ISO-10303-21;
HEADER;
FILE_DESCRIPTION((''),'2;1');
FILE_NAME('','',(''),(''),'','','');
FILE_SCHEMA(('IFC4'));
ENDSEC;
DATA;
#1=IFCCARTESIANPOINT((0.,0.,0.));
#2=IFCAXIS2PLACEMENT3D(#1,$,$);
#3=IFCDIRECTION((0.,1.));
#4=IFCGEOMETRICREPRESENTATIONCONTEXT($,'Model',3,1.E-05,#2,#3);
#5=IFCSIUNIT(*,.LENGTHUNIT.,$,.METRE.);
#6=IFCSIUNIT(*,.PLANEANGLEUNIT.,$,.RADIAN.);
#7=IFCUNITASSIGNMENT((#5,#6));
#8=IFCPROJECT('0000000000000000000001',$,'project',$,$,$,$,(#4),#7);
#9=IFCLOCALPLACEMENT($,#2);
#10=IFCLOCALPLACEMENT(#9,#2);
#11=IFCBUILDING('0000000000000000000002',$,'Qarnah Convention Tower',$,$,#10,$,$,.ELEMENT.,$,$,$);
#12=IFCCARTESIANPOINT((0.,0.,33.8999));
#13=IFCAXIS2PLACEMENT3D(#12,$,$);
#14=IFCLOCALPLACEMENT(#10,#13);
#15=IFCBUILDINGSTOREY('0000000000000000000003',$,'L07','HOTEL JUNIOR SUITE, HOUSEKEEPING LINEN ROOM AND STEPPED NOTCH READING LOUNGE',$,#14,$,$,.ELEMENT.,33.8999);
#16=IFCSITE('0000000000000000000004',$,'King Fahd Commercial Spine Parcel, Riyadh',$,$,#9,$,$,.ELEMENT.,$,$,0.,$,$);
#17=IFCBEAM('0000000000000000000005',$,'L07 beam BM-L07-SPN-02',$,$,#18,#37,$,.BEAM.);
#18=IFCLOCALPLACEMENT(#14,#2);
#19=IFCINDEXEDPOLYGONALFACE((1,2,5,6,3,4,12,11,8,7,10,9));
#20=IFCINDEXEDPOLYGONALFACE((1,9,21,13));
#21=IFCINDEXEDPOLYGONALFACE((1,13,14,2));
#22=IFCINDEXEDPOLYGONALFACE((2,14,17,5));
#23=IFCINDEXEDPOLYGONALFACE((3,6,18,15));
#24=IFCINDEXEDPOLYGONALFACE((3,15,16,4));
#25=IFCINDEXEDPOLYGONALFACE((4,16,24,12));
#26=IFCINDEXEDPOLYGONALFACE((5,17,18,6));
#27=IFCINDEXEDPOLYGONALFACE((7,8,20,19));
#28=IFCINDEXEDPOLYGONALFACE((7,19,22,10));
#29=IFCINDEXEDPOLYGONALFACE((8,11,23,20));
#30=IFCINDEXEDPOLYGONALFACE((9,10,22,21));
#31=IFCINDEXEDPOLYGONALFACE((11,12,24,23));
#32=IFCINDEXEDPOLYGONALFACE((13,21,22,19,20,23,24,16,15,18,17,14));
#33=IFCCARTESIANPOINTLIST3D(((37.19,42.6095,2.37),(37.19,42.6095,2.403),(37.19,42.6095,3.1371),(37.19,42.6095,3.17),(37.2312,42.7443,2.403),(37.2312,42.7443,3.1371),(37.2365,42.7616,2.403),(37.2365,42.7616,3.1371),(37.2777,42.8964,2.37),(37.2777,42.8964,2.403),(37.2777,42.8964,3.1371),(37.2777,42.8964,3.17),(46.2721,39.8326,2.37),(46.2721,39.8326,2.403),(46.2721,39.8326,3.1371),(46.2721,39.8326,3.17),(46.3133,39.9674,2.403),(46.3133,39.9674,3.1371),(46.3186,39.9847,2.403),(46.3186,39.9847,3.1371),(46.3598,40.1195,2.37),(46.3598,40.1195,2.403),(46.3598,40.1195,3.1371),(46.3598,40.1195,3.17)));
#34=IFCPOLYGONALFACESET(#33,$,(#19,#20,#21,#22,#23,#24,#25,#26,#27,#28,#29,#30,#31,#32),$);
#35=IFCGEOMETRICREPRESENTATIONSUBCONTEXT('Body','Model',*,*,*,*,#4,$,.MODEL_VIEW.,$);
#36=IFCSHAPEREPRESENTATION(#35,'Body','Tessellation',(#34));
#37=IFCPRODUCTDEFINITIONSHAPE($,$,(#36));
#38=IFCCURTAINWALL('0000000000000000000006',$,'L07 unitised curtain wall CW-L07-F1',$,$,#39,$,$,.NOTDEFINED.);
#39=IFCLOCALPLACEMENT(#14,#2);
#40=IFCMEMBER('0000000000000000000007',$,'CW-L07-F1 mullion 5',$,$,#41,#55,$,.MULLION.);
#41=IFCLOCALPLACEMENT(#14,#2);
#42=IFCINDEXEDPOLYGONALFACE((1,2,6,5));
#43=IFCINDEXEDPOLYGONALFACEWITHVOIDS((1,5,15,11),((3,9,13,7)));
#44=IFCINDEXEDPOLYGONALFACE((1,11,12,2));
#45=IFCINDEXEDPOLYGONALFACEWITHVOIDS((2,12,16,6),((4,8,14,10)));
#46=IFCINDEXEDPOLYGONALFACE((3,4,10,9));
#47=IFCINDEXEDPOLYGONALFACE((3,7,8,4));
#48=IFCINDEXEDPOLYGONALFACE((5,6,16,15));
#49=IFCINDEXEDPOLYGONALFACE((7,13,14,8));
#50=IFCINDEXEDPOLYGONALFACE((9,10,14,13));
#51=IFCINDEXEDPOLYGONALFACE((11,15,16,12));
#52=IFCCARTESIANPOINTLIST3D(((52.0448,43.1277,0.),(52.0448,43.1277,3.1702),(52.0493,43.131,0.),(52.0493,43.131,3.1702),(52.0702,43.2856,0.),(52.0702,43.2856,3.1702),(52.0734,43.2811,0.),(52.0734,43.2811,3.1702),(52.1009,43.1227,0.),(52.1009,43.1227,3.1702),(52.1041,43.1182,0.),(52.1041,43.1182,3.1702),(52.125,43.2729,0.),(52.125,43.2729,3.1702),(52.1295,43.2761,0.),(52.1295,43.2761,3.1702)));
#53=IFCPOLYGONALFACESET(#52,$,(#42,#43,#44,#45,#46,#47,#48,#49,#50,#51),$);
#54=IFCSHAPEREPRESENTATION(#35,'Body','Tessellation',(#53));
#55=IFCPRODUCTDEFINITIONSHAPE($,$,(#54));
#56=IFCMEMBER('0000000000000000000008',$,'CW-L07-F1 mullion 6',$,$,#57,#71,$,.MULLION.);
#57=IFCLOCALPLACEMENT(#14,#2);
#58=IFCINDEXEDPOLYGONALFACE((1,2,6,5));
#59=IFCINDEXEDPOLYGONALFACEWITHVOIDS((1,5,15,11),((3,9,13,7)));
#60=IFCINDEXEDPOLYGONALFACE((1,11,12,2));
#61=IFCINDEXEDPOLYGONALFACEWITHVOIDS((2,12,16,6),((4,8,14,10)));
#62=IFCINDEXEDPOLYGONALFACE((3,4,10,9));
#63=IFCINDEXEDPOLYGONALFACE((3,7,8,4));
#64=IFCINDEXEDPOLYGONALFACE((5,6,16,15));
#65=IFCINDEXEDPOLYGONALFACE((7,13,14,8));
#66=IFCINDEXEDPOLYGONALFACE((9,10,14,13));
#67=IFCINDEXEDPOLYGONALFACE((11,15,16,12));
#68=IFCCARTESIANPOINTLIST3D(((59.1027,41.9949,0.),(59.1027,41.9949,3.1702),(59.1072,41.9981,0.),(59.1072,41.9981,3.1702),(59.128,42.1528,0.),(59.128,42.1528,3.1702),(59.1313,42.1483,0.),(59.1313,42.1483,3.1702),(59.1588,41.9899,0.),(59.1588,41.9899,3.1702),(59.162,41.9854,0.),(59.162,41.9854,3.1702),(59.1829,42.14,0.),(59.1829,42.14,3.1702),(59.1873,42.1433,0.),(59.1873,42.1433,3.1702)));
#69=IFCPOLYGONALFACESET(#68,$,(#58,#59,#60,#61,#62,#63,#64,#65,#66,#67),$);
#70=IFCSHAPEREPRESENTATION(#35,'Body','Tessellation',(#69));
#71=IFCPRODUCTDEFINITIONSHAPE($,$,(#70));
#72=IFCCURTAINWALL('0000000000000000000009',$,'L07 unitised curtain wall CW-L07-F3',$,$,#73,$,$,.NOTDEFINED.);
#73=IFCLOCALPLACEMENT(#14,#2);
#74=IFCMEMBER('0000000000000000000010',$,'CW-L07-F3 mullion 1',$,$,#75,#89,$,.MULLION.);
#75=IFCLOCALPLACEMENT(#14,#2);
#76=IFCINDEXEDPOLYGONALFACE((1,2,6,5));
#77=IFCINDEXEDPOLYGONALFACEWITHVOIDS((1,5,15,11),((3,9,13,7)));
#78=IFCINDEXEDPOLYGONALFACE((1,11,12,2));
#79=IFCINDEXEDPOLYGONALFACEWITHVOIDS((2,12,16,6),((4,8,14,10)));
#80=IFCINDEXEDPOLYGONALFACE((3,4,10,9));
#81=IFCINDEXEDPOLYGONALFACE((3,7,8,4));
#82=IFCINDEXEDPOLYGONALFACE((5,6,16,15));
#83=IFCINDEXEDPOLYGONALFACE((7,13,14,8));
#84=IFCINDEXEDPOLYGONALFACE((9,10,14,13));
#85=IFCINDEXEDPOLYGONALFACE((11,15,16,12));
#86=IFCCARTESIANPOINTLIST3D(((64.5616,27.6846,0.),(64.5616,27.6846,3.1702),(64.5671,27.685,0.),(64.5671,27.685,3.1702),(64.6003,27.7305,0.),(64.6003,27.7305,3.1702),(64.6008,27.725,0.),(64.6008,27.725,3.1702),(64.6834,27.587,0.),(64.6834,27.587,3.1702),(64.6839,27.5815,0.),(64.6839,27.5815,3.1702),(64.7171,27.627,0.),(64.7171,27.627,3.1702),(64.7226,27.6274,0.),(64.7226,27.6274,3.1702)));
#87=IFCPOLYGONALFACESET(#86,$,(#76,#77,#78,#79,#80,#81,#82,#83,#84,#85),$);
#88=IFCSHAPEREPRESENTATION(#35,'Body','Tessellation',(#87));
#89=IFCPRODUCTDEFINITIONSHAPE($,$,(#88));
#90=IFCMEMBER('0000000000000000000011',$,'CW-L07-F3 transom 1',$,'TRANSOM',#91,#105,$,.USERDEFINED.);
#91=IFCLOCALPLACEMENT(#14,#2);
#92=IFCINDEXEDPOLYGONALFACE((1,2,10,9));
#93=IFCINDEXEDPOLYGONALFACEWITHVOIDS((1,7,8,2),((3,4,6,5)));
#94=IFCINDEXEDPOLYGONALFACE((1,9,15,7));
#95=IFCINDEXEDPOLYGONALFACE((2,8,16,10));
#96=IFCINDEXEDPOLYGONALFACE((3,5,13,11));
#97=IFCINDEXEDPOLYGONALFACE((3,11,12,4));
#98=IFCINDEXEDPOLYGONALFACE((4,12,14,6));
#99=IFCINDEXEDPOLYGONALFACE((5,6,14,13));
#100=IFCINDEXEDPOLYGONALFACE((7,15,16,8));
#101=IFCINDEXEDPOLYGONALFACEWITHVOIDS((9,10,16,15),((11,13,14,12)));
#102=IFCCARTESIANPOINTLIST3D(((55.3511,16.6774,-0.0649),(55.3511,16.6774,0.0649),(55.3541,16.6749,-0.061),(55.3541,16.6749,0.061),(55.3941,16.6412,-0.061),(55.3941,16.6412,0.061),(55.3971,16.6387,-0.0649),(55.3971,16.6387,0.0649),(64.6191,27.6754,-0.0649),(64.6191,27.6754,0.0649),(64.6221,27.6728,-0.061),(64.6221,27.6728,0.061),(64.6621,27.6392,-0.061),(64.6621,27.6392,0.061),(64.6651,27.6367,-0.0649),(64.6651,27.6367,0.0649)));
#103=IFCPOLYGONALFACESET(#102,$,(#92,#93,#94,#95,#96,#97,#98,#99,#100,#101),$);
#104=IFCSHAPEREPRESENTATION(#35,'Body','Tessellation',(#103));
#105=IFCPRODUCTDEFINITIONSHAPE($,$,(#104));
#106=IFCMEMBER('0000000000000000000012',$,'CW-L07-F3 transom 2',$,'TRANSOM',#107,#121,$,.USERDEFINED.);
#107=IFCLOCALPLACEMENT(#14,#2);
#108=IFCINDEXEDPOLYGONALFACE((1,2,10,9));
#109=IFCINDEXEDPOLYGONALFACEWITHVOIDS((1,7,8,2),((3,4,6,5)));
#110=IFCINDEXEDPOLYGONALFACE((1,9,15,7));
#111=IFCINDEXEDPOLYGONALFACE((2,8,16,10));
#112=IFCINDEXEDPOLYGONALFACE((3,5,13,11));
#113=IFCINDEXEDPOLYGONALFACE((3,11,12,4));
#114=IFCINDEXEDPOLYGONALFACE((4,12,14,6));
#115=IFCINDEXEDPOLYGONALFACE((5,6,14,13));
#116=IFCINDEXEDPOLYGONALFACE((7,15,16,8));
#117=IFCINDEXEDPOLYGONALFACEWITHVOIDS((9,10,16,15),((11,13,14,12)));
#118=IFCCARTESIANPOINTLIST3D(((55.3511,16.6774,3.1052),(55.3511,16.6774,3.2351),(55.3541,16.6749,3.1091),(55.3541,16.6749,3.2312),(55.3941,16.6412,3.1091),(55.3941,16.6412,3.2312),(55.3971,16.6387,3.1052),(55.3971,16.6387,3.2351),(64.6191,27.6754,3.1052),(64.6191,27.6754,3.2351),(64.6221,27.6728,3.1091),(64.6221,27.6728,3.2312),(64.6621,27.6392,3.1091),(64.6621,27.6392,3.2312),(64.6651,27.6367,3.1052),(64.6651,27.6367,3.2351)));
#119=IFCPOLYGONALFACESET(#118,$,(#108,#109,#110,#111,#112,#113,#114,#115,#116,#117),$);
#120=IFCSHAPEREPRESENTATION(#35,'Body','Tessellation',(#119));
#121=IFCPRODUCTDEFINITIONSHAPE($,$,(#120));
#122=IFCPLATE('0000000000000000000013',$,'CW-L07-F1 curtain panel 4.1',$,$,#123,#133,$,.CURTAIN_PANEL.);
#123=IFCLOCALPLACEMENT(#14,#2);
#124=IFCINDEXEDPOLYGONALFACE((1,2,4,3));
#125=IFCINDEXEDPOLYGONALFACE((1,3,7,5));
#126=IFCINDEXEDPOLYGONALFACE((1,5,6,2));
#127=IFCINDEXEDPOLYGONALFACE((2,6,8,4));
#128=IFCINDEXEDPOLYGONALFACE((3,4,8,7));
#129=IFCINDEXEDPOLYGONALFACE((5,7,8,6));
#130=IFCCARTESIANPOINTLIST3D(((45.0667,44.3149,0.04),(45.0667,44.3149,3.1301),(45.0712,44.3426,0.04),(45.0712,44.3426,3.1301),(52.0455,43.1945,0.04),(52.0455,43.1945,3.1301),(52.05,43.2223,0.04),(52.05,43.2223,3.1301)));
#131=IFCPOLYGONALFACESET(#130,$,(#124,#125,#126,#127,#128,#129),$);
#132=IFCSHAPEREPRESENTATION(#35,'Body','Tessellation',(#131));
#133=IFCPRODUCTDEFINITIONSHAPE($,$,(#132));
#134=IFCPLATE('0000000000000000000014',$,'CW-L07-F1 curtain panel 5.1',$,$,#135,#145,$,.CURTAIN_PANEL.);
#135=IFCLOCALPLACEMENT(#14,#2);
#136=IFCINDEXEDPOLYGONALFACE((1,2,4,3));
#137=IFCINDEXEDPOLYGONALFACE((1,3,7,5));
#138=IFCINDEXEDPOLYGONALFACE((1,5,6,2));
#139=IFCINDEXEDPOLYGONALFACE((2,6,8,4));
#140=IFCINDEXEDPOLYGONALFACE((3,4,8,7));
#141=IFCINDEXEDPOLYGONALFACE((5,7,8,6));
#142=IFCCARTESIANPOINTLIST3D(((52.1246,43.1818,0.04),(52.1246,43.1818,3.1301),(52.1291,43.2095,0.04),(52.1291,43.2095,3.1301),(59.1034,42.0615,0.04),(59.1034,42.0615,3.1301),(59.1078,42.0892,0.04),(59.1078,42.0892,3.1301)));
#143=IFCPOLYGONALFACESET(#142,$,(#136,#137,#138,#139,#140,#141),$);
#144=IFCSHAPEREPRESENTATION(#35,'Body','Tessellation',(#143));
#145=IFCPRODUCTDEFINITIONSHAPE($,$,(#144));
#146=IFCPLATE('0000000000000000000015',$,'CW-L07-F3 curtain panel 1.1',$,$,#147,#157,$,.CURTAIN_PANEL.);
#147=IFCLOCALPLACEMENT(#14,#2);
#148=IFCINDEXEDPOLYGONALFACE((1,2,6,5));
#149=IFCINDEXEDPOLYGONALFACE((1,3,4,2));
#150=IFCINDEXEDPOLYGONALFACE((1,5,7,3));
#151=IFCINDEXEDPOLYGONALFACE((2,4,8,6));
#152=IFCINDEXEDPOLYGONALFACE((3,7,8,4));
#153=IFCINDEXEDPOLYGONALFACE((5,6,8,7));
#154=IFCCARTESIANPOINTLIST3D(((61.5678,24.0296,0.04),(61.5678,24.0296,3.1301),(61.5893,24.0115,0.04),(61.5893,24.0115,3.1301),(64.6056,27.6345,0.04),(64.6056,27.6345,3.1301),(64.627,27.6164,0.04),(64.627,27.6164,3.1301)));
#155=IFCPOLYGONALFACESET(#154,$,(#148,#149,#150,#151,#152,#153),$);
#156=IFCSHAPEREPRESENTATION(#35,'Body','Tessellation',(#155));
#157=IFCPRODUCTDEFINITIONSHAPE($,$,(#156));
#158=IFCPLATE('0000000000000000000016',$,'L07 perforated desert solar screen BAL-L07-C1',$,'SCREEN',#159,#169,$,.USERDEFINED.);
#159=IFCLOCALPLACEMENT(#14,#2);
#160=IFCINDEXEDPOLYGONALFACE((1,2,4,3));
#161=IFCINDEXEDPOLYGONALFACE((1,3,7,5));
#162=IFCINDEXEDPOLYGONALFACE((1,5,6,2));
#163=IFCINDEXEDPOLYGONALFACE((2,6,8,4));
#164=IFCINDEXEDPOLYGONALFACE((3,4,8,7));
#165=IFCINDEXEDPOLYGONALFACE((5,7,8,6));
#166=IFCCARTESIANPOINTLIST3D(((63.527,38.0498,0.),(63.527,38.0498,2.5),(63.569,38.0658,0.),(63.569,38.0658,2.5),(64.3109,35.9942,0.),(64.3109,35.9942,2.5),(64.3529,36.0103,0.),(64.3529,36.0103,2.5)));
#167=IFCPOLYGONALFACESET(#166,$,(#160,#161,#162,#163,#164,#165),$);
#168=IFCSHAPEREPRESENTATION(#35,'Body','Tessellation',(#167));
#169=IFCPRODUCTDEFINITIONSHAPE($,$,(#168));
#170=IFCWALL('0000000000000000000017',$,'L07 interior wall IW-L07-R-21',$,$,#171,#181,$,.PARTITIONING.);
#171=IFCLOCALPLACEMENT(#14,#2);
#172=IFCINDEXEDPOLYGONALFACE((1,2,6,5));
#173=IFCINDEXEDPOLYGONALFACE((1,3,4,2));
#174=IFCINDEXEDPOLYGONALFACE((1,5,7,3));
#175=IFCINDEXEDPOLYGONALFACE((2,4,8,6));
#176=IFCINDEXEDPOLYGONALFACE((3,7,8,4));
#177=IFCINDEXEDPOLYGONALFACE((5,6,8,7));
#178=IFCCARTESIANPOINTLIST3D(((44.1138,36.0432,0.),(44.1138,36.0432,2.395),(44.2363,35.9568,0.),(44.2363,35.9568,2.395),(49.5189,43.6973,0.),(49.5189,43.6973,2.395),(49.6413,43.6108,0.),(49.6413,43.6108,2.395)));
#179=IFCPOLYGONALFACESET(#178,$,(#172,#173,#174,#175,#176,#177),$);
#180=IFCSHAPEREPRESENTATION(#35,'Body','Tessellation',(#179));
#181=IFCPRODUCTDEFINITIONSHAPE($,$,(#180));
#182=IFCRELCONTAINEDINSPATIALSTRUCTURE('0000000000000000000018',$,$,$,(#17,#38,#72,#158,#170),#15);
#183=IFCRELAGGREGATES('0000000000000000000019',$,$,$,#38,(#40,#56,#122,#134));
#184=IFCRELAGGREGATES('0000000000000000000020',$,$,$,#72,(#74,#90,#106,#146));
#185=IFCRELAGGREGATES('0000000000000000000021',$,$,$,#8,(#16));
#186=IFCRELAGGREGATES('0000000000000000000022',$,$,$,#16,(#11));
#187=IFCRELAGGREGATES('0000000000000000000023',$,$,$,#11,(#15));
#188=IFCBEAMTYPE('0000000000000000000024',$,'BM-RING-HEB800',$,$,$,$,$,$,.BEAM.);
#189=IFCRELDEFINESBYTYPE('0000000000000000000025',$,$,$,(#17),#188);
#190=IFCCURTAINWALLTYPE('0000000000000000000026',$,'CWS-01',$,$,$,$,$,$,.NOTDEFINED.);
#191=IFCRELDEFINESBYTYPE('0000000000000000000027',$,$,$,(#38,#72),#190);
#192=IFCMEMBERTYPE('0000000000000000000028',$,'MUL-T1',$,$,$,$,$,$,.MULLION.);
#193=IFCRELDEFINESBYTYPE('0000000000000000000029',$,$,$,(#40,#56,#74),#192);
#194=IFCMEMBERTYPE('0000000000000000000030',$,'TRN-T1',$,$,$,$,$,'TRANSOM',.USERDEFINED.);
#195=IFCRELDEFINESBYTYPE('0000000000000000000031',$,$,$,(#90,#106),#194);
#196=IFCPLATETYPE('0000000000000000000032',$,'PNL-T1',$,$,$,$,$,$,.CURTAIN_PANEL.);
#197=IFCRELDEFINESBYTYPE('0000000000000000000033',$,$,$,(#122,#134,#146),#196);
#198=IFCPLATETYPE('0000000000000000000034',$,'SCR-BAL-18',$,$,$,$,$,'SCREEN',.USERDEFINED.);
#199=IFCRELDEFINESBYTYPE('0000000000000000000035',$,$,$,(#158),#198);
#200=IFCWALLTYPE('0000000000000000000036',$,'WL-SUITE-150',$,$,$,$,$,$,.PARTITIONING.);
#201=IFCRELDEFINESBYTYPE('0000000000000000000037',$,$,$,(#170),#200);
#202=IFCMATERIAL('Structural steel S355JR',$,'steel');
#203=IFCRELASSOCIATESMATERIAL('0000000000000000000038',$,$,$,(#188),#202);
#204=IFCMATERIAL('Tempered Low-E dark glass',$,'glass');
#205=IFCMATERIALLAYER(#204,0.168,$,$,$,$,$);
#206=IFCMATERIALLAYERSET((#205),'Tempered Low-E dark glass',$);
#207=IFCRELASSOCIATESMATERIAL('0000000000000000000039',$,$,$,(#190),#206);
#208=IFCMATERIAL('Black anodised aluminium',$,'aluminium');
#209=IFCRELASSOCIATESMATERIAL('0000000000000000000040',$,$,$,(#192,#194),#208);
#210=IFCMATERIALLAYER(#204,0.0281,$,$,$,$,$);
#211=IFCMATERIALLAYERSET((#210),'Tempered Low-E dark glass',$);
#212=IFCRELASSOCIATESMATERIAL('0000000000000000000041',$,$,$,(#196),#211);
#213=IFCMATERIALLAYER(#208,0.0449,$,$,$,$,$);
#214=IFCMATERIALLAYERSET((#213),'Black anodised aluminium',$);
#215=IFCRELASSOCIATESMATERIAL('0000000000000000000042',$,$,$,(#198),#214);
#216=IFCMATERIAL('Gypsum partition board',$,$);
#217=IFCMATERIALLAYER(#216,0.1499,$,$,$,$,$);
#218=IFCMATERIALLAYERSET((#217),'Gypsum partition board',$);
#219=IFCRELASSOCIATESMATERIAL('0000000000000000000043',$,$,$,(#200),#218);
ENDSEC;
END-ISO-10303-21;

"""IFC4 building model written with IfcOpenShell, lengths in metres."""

from ifc_helpers import new_model, si_unit, direction, frame, frame_2d, origin, origin_2d, place, context, subcontext, project, spatial, rectangle, hollow_rectangle, i_section, extrude, material, layer, layer_set, material_profile, profile_set, type_object, element, aggregate, save


model = new_model("IFC4")

# Units and contexts
model_context = context("Model", 3, precision=1e-05, world=origin(), true_north=direction((0.0, 1.0)))
body_context = subcontext(model_context, "Body", "Model", "MODEL_VIEW")
ifc_project = project(units=[si_unit("LENGTHUNIT", "METRE"), si_unit("PLANEANGLEUNIT", "RADIAN")], contexts=[model_context])

# Site, building, storey
site_placement = place(None, origin())
site = spatial("IfcSite", under=ifc_project, at=site_placement, Name="King Fahd Commercial Spine Parcel, Riyadh", CompositionType="ELEMENT", RefElevation=0.0)
building_placement = place(site_placement, origin())
building = spatial("IfcBuilding", under=site, at=building_placement, Name="Qarnah Convention Tower", CompositionType="ELEMENT")
storey_placement = place(building_placement, frame((0.0, 0.0, 33.8999)))
storey = spatial("IfcBuildingStorey", under=building, at=storey_placement, Name="L07", Description="HOTEL JUNIOR SUITE, HOUSEKEEPING LINEN ROOM AND STEPPED NOTCH READING LOUNGE", CompositionType="ELEMENT", Elevation=33.8999)

# Beam
ifc_material_1 = material(Name="Structural steel S355JR", Category="steel")
ifc_material_profile_1 = material_profile(ifc_material_1, i_section(OverallWidth=0.3, OverallDepth=0.8, WebThickness=0.0181, FlangeThickness=0.033, at=origin_2d()), Name="HEB800")
ifc_profile_set_1 = profile_set([ifc_material_profile_1], Name="Structural steel S355JR")
beam_type_1 = type_object("IfcBeamType", Name="BM-RING-HEB800", PredefinedType="BEAM", material=ifc_profile_set_1)
beam_1_placement = place(storey_placement, frame((46.3159, 39.9761, 2.77), z_axis=(-0.956299, 0.292391, 0.0), x_axis=(-0.292391, -0.956299, 0.0)))
element("IfcBeam", 1, at=beam_1_placement, inside=storey, type_object=beam_type_1, Name="L07 beam BM-L07-SPN-02", PredefinedType="BEAM", context=body_context, shape_type="SweptSolid", body=[
    extrude(i_section(OverallWidth=0.3, OverallDepth=0.8, WebThickness=0.0181, FlangeThickness=0.033, at=origin_2d()), origin(), (0.0, 0.0, 1.0), 9.4971),
])

# Curtain walls, members
ifc_material_2 = material(Name="Tempered Low-E dark glass", Category="glass")
ifc_layer_1 = layer(ifc_material_2, 0.168)
ifc_layer_set_1 = layer_set([ifc_layer_1], Name="Tempered Low-E dark glass")
curtain_wall_type = type_object("IfcCurtainWallType", Name="CWS-01", PredefinedType="NOTDEFINED", material=ifc_layer_set_1)
curtain_wall_1_placement = place(storey_placement, origin())
curtain_wall_1 = element("IfcCurtainWall", 2, at=curtain_wall_1_placement, inside=storey, type_object=curtain_wall_type, Name="L07 unitised curtain wall CW-L07-F1", PredefinedType="NOTDEFINED")
ifc_material_3 = material(Name="Black anodised aluminium", Category="aluminium")
ifc_material_profile_2 = material_profile(ifc_material_3, hollow_rectangle(XDim=0.0601, YDim=0.1599, WallThickness=0.0039, at=origin_2d()), Name="MUL-60X160")
ifc_profile_set_2 = profile_set([ifc_material_profile_2], Name="Black anodised aluminium")
member_type_1 = type_object("IfcMemberType", Name="MUL-T1", PredefinedType="MULLION", material=ifc_profile_set_2)
member_1_placement = place(storey_placement, frame((52.0872, 43.2019, 0.0), z_axis=(0.0, 0.0, 1.0), x_axis=(0.987359, -0.158502, 0.0)))
member_1 = element("IfcMember", 3, at=member_1_placement, type_object=member_type_1, Name="CW-L07-F1 mullion 5", PredefinedType="MULLION", context=body_context, shape_type="SweptSolid", body=[
    extrude(hollow_rectangle(XDim=0.0601, YDim=0.1599, WallThickness=0.0039, at=origin_2d()), origin(), (0.0, 0.0, 1.0), 3.1702),
])
member_2_placement = place(storey_placement, frame((59.145, 42.0691, 0.0), z_axis=(0.0, 0.0, 1.0), x_axis=(0.987359, -0.158502, 0.0)))
member_2 = element("IfcMember", 4, at=member_2_placement, type_object=member_type_1, Name="CW-L07-F1 mullion 6", PredefinedType="MULLION", context=body_context, shape_type="SweptSolid", body=[
    extrude(hollow_rectangle(XDim=0.0601, YDim=0.1599, WallThickness=0.0039, at=origin_2d()), origin(), (0.0, 0.0, 1.0), 3.1702),
])
curtain_wall_2_placement = place(storey_placement, origin())
curtain_wall_2 = element("IfcCurtainWall", 5, at=curtain_wall_2_placement, inside=storey, type_object=curtain_wall_type, Name="L07 unitised curtain wall CW-L07-F3", PredefinedType="NOTDEFINED")
member_3_placement = place(storey_placement, frame((64.6421, 27.656, 0.0), z_axis=(0.0, 0.0, 1.0), x_axis=(-0.644401, -0.764688, 0.0)))
member_3 = element("IfcMember", 6, at=member_3_placement, type_object=member_type_1, Name="CW-L07-F3 mullion 1", PredefinedType="MULLION", context=body_context, shape_type="SweptSolid", body=[
    extrude(hollow_rectangle(XDim=0.0601, YDim=0.1599, WallThickness=0.0039, at=origin_2d()), origin(), (0.0, 0.0, 1.0), 3.1702),
])
ifc_material_profile_3 = material_profile(ifc_material_3, hollow_rectangle(XDim=0.0601, YDim=0.1299, WallThickness=0.0039, at=origin_2d()), Name="TRN-60X130")
ifc_profile_set_3 = profile_set([ifc_material_profile_3], Name="Black anodised aluminium")
member_type_2 = type_object("IfcMemberType", Name="TRN-T1", ElementType="TRANSOM", PredefinedType="USERDEFINED", material=ifc_profile_set_3)
member_4_placement = place(storey_placement, frame((64.6421, 27.656, 0.0), z_axis=(-0.644402, -0.764687, 0.0), x_axis=(0.764687, -0.644402, 0.0)))
member_4 = element("IfcMember", 7, at=member_4_placement, type_object=member_type_2, Name="CW-L07-F3 transom 1", ObjectType="TRANSOM", PredefinedType="USERDEFINED", context=body_context, shape_type="SweptSolid", body=[
    extrude(hollow_rectangle(XDim=0.0601, YDim=0.1299, WallThickness=0.0039, at=origin_2d()), origin(), (0.0, 0.0, 1.0), 14.3823),
])
member_5_placement = place(storey_placement, frame((64.6421, 27.656, 3.1702), z_axis=(-0.644402, -0.764687, 0.0), x_axis=(0.764687, -0.644402, 0.0)))
member_5 = element("IfcMember", 8, at=member_5_placement, type_object=member_type_2, Name="CW-L07-F3 transom 2", ObjectType="TRANSOM", PredefinedType="USERDEFINED", context=body_context, shape_type="SweptSolid", body=[
    extrude(hollow_rectangle(XDim=0.0601, YDim=0.1299, WallThickness=0.0039, at=origin_2d()), origin(), (0.0, 0.0, 1.0), 14.3823),
])

# Plates
ifc_layer_2 = layer(ifc_material_2, 0.0281)
ifc_layer_set_2 = layer_set([ifc_layer_2], Name="Tempered Low-E dark glass")
plate_type_1 = type_object("IfcPlateType", Name="PNL-T1", PredefinedType="CURTAIN_PANEL", material=ifc_layer_set_2)
plate_1_placement = place(storey_placement, frame((48.5583, 43.7686, 0.04), z_axis=(0.0, 0.0, 1.0), x_axis=(0.987359, -0.158502, 0.0)))
plate_1 = element("IfcPlate", 9, at=plate_1_placement, type_object=plate_type_1, Name="CW-L07-F1 curtain panel 4.1", PredefinedType="CURTAIN_PANEL", context=body_context, shape_type="SweptSolid", body=[
    extrude(rectangle(XDim=7.0681, YDim=0.0281, at=origin_2d()), origin(), (0.0, 0.0, 1.0), 3.0901),
])
plate_2_placement = place(storey_placement, frame((55.6162, 42.6355, 0.04), z_axis=(0.0, 0.0, 1.0), x_axis=(0.987359, -0.158502, 0.0)))
plate_2 = element("IfcPlate", 10, at=plate_2_placement, type_object=plate_type_1, Name="CW-L07-F1 curtain panel 5.1", PredefinedType="CURTAIN_PANEL", context=body_context, shape_type="SweptSolid", body=[
    extrude(rectangle(XDim=7.0681, YDim=0.0281, at=origin_2d()), origin(), (0.0, 0.0, 1.0), 3.0901),
])
aggregate(curtain_wall_1, [member_1, member_2, plate_1, plate_2])
plate_3_placement = place(storey_placement, frame((63.0974, 25.823, 0.04), z_axis=(0.0, 0.0, 1.0), x_axis=(-0.644401, -0.764688, 0.0)))
plate_3 = element("IfcPlate", 11, at=plate_3_placement, type_object=plate_type_1, Name="CW-L07-F3 curtain panel 1.1", PredefinedType="CURTAIN_PANEL", context=body_context, shape_type="SweptSolid", body=[
    extrude(rectangle(XDim=4.7141, YDim=0.0281, at=origin_2d()), origin(), (0.0, 0.0, 1.0), 3.0901),
])
aggregate(curtain_wall_2, [member_3, member_4, member_5, plate_3])
ifc_layer_3 = layer(ifc_material_3, 0.0449)
ifc_layer_set_3 = layer_set([ifc_layer_3], Name="Black anodised aluminium")
plate_type_2 = type_object("IfcPlateType", Name="SCR-BAL-18", ElementType="SCREEN", PredefinedType="USERDEFINED", material=ifc_layer_set_3)
plate_4_placement = place(storey_placement, frame((63.9399, 37.03, 0.0), z_axis=(0.0, 0.0, 1.0), x_axis=(0.356312, -0.934367, 0.0)))
element("IfcPlate", 12, at=plate_4_placement, inside=storey, type_object=plate_type_2, Name="L07 perforated desert solar screen BAL-L07-C1", ObjectType="SCREEN", PredefinedType="USERDEFINED", context=body_context, shape_type="SweptSolid", body=[
    extrude(rectangle(XDim=2.2, YDim=0.0449, at=origin_2d()), origin(), (0.0, 0.0, 1.0), 2.5),
])

# Wall
ifc_material_4 = material(Name="Gypsum partition board")
ifc_layer_4 = layer(ifc_material_4, 0.1499)
ifc_layer_set_4 = layer_set([ifc_layer_4], Name="Gypsum partition board")
wall_type_1 = type_object("IfcWallType", Name="WL-SUITE-150", PredefinedType="PARTITIONING", material=ifc_layer_set_4)
wall_1_placement = place(storey_placement, frame((49.5801, 43.6541, 0.0), z_axis=(0.0, 0.0, 1.0), x_axis=(-0.576838, -0.816859, 0.0)))
element("IfcWall", 13, at=wall_1_placement, inside=storey, type_object=wall_type_1, Name="L07 interior wall IW-L07-R-21", PredefinedType="PARTITIONING", context=body_context, shape_type="SweptSolid", body=[
    extrude(rectangle(XDim=9.3701, YDim=0.1499, at=frame_2d((4.6851, 0.0))), origin(), (0.0, 0.0, 1.0), 2.395),
])

save(model, "model.ifc")
